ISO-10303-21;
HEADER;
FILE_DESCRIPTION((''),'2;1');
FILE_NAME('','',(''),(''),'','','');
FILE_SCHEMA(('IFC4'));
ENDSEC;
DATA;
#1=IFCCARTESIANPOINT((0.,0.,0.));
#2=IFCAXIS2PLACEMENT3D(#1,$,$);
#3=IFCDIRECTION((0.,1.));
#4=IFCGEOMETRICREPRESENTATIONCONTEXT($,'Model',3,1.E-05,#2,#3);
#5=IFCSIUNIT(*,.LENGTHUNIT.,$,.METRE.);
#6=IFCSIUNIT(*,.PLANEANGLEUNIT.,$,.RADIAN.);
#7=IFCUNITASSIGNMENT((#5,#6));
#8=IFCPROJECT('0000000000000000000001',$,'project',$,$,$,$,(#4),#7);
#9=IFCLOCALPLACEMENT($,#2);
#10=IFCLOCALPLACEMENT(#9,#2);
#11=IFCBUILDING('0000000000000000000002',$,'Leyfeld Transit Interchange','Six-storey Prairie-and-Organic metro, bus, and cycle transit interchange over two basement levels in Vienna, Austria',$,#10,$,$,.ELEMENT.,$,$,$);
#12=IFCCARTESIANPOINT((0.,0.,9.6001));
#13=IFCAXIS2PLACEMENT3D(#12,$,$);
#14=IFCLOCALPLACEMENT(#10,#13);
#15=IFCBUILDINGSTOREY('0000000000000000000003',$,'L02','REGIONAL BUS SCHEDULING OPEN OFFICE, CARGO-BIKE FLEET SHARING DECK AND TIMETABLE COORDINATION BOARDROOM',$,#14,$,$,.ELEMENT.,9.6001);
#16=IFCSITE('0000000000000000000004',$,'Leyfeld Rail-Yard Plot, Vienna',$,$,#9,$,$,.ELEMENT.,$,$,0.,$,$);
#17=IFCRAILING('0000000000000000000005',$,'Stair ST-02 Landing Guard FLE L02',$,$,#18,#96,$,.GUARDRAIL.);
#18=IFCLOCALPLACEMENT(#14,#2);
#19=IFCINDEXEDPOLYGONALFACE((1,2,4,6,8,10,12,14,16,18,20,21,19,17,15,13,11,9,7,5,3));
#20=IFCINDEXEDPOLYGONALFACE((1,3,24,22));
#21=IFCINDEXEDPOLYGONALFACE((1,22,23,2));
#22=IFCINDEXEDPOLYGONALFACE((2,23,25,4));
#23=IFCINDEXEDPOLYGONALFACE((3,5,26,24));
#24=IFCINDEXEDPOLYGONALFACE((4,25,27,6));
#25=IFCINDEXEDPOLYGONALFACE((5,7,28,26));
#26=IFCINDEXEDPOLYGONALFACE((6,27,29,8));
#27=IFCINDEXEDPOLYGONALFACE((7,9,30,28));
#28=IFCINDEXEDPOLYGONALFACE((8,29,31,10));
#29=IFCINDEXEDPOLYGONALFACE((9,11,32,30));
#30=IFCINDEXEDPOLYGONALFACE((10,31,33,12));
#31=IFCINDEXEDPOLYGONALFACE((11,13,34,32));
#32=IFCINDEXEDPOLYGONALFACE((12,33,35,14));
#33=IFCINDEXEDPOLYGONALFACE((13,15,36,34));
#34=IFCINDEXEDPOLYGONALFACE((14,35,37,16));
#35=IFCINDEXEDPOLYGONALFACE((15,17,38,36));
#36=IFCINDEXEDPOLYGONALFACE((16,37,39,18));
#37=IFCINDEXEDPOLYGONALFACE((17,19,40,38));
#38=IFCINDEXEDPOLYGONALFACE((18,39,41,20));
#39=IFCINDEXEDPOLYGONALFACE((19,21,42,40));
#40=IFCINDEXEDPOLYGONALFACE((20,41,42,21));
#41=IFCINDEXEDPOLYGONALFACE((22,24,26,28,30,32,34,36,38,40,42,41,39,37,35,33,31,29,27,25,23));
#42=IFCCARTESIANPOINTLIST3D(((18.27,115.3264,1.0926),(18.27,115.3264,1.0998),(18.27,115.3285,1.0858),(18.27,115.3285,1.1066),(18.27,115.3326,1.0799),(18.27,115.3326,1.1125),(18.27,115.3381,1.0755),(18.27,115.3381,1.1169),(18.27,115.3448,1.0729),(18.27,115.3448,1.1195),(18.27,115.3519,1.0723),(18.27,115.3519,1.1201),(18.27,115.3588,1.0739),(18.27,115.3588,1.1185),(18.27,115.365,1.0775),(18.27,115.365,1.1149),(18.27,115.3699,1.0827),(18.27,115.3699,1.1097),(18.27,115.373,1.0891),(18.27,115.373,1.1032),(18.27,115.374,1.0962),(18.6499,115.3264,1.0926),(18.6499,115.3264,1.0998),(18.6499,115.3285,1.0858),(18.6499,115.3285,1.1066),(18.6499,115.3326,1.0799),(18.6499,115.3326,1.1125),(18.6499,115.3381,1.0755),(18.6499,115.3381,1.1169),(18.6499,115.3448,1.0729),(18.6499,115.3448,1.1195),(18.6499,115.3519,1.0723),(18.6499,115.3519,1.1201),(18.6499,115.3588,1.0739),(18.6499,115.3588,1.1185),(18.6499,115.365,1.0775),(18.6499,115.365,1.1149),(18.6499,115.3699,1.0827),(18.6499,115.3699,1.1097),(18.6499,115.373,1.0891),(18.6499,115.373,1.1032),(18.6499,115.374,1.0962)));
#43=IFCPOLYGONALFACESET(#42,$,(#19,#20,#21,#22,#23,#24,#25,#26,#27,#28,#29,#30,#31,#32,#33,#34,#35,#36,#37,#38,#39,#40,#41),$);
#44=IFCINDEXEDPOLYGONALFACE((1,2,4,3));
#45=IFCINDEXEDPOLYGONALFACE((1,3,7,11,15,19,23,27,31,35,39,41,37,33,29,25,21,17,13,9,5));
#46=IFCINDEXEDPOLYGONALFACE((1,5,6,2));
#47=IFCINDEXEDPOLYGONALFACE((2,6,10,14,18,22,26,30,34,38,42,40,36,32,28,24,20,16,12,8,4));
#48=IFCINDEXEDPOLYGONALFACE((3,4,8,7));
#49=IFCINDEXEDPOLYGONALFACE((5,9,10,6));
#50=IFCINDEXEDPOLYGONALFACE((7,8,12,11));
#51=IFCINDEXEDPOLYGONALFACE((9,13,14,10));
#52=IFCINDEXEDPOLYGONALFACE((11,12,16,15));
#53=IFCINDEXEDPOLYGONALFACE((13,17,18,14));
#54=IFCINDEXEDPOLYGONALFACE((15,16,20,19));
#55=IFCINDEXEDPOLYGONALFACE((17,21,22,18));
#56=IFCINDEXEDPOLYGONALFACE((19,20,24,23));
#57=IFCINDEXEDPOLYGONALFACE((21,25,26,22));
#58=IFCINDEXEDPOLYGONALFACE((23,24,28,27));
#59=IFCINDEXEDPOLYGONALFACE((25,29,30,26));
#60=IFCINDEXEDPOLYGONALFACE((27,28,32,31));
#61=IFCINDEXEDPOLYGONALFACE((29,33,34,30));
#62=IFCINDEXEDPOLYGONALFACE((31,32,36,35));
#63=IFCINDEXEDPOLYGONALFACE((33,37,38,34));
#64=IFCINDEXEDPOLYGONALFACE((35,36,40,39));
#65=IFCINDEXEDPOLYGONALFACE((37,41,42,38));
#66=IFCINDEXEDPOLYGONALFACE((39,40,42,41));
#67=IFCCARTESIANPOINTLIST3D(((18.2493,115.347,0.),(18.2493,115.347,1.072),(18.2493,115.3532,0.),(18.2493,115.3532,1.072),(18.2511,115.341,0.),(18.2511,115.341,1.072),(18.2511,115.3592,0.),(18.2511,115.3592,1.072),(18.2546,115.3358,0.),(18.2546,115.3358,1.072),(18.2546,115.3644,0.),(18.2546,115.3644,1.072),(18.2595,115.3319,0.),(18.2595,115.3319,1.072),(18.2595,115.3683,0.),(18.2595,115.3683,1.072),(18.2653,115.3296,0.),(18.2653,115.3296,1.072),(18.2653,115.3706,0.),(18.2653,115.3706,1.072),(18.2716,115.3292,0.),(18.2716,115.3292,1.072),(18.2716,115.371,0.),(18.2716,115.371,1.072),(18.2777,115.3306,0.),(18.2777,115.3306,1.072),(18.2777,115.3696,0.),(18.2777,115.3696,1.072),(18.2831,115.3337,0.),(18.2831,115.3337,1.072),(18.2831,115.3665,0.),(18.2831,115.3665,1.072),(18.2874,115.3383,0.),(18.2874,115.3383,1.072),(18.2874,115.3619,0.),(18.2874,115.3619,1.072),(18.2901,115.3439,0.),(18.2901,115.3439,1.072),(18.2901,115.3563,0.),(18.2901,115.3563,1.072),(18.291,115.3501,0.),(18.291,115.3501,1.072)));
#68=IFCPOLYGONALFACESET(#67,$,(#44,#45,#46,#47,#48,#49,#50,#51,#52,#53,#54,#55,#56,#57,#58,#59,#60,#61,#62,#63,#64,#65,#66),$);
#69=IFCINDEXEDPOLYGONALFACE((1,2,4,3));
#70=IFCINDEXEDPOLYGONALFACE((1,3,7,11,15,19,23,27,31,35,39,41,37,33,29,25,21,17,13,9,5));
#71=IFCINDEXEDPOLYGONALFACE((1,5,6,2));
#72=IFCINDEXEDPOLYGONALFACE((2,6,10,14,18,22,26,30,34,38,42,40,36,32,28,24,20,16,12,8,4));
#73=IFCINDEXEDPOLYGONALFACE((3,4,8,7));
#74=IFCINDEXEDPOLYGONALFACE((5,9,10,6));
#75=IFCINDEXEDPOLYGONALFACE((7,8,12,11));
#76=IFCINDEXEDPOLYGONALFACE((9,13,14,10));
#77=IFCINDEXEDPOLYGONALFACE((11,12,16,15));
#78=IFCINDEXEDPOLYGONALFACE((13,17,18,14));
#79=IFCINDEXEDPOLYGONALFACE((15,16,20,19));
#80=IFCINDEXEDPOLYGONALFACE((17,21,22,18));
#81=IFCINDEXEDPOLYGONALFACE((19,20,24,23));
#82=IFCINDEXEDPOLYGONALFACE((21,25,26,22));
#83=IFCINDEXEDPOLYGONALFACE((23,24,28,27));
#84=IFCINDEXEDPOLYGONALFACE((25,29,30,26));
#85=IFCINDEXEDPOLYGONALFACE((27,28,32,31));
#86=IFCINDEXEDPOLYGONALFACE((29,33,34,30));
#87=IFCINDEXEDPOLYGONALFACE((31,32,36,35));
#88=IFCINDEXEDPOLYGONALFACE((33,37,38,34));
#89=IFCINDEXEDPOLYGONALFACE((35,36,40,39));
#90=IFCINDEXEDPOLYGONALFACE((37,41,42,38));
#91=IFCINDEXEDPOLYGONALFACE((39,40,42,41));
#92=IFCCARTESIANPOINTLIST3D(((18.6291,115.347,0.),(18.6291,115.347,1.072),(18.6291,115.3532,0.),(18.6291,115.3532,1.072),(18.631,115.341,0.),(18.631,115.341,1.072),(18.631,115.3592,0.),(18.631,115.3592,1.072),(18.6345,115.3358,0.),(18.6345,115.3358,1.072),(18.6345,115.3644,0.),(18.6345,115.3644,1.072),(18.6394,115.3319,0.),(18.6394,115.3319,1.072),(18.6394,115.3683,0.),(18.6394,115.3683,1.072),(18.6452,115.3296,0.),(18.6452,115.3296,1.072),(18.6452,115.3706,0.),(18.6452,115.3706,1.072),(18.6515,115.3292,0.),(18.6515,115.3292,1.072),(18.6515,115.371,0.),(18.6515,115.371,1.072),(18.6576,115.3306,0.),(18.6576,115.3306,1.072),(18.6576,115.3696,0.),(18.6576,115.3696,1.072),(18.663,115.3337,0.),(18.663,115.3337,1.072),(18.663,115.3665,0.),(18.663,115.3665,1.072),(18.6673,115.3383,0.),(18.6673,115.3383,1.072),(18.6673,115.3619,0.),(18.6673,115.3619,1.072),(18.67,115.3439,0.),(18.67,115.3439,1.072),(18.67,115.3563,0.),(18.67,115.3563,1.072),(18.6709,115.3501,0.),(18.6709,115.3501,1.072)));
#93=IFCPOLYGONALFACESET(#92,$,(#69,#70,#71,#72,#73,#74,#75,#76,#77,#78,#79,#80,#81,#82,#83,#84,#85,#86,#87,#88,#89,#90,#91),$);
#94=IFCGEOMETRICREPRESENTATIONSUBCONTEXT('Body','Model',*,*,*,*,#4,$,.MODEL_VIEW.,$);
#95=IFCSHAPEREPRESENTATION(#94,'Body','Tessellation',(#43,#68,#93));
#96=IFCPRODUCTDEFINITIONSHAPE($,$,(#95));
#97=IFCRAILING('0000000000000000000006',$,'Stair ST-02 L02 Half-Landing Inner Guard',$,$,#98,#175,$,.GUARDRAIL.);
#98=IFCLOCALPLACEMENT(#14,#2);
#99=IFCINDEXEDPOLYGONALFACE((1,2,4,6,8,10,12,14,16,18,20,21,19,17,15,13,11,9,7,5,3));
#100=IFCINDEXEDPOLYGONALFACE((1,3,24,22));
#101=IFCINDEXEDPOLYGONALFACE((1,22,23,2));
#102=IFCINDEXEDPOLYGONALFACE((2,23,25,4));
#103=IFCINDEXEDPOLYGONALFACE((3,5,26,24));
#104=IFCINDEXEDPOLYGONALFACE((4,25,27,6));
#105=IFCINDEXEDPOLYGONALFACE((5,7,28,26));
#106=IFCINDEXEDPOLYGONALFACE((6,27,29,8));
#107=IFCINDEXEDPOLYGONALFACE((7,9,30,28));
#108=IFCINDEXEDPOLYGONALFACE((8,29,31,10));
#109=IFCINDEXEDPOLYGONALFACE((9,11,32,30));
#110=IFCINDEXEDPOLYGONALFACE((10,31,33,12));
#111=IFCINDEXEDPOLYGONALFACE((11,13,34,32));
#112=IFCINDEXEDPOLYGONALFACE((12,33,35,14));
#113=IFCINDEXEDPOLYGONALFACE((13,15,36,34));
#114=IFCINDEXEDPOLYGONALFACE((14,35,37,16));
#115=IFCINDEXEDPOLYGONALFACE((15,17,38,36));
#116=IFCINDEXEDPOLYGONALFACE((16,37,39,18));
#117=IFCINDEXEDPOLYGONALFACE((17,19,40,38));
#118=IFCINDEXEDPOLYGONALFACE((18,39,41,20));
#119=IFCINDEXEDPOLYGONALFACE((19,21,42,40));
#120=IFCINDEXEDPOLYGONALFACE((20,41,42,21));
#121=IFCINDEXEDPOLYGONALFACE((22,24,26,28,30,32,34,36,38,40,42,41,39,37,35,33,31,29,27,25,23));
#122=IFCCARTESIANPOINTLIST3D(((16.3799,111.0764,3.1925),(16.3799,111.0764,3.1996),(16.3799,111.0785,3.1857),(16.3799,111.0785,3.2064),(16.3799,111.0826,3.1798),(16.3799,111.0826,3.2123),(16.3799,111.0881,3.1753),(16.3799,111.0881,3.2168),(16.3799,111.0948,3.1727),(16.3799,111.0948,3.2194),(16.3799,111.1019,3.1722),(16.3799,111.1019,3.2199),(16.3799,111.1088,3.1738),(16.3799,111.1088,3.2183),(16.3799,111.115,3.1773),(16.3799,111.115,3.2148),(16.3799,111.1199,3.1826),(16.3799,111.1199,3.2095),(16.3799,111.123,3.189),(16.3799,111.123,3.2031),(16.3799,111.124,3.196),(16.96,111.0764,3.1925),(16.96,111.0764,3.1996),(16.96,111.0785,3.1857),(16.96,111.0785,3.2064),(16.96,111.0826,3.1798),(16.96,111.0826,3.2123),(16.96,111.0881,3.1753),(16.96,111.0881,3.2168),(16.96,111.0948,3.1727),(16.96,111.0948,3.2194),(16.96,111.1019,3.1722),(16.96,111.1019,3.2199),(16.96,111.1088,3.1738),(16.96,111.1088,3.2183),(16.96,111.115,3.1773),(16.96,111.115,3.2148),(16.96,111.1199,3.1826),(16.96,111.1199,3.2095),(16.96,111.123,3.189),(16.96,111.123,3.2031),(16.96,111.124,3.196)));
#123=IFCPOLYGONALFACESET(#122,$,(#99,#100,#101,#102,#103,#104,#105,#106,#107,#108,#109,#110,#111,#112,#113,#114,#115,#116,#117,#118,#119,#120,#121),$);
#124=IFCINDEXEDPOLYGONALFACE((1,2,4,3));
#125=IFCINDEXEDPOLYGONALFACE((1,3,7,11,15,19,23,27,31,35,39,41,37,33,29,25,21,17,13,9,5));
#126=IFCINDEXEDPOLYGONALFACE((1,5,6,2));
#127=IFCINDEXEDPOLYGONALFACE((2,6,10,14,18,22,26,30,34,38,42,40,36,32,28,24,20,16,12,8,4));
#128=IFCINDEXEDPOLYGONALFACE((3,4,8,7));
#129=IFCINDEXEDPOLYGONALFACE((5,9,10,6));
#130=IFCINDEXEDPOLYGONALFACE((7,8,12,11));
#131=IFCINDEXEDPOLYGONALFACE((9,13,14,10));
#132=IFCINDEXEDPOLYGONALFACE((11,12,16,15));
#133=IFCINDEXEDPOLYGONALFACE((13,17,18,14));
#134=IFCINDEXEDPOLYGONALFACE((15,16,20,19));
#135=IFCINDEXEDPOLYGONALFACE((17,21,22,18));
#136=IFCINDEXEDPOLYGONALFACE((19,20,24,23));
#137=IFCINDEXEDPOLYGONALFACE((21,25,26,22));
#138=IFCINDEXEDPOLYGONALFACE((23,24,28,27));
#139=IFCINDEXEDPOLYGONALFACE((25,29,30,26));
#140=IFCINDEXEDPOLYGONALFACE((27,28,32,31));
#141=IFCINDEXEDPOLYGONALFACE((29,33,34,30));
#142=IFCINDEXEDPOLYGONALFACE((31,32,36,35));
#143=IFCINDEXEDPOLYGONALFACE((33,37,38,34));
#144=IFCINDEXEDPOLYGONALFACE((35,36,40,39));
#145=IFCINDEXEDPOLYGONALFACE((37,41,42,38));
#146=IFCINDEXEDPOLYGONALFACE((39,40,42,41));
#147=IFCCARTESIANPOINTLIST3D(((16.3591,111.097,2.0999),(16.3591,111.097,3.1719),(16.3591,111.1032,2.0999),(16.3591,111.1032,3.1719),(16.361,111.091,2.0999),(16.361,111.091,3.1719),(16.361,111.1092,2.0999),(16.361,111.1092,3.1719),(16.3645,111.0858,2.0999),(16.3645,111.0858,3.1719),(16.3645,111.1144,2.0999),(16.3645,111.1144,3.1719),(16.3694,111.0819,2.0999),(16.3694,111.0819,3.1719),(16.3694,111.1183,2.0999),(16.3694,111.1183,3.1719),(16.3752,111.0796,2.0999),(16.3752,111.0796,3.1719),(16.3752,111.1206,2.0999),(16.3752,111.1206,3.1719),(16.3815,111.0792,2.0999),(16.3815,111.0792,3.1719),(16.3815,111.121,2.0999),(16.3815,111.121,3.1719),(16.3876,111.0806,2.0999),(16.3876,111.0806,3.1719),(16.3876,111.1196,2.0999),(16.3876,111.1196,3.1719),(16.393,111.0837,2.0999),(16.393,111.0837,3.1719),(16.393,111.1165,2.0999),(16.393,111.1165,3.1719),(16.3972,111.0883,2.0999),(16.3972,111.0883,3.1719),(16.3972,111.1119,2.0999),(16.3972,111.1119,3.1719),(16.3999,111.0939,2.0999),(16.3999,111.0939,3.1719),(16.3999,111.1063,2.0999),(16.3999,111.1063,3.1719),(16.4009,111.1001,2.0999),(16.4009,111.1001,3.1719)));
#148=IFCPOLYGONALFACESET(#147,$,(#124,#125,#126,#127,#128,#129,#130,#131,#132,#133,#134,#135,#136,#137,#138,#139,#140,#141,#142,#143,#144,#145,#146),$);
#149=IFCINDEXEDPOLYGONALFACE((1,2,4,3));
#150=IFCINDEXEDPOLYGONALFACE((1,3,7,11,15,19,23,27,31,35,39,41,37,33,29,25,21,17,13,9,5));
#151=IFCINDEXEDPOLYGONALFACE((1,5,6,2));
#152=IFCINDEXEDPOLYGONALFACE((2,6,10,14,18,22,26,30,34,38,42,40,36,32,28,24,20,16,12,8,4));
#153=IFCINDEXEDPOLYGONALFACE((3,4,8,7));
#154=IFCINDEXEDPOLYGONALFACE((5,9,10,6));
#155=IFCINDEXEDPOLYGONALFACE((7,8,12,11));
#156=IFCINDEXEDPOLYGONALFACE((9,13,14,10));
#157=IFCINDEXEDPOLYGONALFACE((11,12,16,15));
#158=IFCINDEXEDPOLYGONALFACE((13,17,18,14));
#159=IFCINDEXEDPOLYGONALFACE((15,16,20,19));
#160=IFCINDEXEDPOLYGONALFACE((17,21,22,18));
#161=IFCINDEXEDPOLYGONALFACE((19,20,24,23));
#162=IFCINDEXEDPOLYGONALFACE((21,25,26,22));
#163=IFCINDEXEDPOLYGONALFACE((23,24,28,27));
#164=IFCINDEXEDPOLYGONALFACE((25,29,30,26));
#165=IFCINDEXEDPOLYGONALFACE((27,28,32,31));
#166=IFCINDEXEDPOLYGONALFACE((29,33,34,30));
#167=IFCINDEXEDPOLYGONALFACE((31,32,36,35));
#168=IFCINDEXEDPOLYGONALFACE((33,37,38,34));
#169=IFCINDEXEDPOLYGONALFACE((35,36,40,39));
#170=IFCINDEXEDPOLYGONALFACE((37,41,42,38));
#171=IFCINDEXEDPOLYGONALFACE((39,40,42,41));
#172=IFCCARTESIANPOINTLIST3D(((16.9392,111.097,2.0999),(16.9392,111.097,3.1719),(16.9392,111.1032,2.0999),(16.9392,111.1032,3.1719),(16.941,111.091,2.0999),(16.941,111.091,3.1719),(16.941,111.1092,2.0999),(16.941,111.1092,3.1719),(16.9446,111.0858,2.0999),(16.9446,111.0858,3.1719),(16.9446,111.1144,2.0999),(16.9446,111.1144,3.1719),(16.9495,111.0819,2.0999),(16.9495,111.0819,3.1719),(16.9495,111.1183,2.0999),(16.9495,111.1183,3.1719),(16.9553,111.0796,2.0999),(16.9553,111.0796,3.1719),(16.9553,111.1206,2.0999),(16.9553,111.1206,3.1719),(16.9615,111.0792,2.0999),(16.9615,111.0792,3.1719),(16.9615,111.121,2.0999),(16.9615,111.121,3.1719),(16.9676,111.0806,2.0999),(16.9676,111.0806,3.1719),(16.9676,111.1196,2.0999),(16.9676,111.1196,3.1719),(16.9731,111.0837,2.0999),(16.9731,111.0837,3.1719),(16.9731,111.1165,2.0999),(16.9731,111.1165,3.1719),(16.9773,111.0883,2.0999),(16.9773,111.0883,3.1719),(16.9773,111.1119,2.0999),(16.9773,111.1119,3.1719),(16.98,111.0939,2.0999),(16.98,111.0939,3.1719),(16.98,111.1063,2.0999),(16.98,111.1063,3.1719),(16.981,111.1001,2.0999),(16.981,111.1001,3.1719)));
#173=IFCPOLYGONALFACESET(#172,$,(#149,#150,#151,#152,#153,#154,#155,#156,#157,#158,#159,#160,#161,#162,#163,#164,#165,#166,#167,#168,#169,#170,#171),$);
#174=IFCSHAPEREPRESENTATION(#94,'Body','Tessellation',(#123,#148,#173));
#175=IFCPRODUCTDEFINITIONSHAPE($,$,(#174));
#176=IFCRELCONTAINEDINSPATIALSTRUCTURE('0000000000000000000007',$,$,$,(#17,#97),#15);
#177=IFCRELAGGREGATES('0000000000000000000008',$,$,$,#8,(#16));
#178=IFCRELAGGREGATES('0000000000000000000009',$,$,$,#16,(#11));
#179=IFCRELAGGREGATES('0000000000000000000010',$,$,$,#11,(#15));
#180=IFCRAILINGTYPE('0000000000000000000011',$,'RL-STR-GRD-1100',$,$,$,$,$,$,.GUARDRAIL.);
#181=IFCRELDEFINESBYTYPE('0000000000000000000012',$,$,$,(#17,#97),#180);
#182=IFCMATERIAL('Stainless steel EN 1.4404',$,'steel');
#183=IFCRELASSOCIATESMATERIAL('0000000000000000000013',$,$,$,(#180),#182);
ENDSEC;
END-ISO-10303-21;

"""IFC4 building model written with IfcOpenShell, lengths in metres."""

from ifc_helpers import new_model, si_unit, direction, frame, origin, origin_2d, place, context, subcontext, project, spatial, circle, extrude, material, type_object, element, save


model = new_model("IFC4")

# Units and contexts
model_context = context("Model", 3, precision=1e-05, world=origin(), true_north=direction((0.0, 1.0)))
body_context = subcontext(model_context, "Body", "Model", "MODEL_VIEW")
ifc_project = project(units=[si_unit("LENGTHUNIT", "METRE"), si_unit("PLANEANGLEUNIT", "RADIAN")], contexts=[model_context])

# Site, building, storey
site_placement = place(None, origin())
site = spatial("IfcSite", under=ifc_project, at=site_placement, Name="Leyfeld Rail-Yard Plot, Vienna", CompositionType="ELEMENT", RefElevation=0.0)
building_placement = place(site_placement, origin())
building = spatial("IfcBuilding", under=site, at=building_placement, Name="Leyfeld Transit Interchange", Description="Six-storey Prairie-and-Organic metro, bus, and cycle transit interchange over two basement levels in Vienna, Austria", CompositionType="ELEMENT")
storey_placement = place(building_placement, frame((0.0, 0.0, 9.6001)))
storey = spatial("IfcBuildingStorey", under=building, at=storey_placement, Name="L02", Description="REGIONAL BUS SCHEDULING OPEN OFFICE, CARGO-BIKE FLEET SHARING DECK AND TIMETABLE COORDINATION BOARDROOM", CompositionType="ELEMENT", Elevation=9.6001)

# Shared definitions
ifc_material_1 = material(Name="Stainless steel EN 1.4404", Category="steel")

# Railings
railing_type_1 = type_object("IfcRailingType", Name="RL-STR-GRD-1100", PredefinedType="GUARDRAIL", material=ifc_material_1)
railing_1_placement = place(storey_placement, frame((18.27, 115.3501, 0.0)))
element("IfcRailing", 1, at=railing_1_placement, inside=storey, type_object=railing_type_1, Name="Stair ST-02 Landing Guard FLE L02", PredefinedType="GUARDRAIL", context=body_context, shape_type="SweptSolid", body=[
    extrude(circle(Radius=0.0239, at=origin_2d()), frame((0.0, 0.0, 1.0962), z_axis=(1.0, 0.0, 0.0), x_axis=(0.0, 1.0, 0.0)), (0.0, 0.0, 1.0), 0.3799),
    extrude(circle(Radius=0.021, at=origin_2d()), origin(), (0.0, 0.0, 1.0), 1.072),
    extrude(circle(Radius=0.021, at=origin_2d()), frame((0.3799, 0.0, 0.0)), (0.0, 0.0, 1.0), 1.072),
])
railing_2_placement = place(storey_placement, frame((16.3799, 111.1001, 2.0999)))
element("IfcRailing", 2, at=railing_2_placement, inside=storey, type_object=railing_type_1, Name="Stair ST-02 L02 Half-Landing Inner Guard", PredefinedType="GUARDRAIL", context=body_context, shape_type="SweptSolid", body=[
    extrude(circle(Radius=0.0239, at=origin_2d()), frame((0.0, 0.0, 1.0962), z_axis=(1.0, 0.0, 0.0), x_axis=(0.0, 1.0, 0.0)), (0.0, 0.0, 1.0), 0.5801),
    extrude(circle(Radius=0.021, at=origin_2d()), origin(), (0.0, 0.0, 1.0), 1.072),
    extrude(circle(Radius=0.021, at=origin_2d()), frame((0.5801, 0.0, 0.0)), (0.0, 0.0, 1.0), 1.072),
])

save(model, "model.ifc")
